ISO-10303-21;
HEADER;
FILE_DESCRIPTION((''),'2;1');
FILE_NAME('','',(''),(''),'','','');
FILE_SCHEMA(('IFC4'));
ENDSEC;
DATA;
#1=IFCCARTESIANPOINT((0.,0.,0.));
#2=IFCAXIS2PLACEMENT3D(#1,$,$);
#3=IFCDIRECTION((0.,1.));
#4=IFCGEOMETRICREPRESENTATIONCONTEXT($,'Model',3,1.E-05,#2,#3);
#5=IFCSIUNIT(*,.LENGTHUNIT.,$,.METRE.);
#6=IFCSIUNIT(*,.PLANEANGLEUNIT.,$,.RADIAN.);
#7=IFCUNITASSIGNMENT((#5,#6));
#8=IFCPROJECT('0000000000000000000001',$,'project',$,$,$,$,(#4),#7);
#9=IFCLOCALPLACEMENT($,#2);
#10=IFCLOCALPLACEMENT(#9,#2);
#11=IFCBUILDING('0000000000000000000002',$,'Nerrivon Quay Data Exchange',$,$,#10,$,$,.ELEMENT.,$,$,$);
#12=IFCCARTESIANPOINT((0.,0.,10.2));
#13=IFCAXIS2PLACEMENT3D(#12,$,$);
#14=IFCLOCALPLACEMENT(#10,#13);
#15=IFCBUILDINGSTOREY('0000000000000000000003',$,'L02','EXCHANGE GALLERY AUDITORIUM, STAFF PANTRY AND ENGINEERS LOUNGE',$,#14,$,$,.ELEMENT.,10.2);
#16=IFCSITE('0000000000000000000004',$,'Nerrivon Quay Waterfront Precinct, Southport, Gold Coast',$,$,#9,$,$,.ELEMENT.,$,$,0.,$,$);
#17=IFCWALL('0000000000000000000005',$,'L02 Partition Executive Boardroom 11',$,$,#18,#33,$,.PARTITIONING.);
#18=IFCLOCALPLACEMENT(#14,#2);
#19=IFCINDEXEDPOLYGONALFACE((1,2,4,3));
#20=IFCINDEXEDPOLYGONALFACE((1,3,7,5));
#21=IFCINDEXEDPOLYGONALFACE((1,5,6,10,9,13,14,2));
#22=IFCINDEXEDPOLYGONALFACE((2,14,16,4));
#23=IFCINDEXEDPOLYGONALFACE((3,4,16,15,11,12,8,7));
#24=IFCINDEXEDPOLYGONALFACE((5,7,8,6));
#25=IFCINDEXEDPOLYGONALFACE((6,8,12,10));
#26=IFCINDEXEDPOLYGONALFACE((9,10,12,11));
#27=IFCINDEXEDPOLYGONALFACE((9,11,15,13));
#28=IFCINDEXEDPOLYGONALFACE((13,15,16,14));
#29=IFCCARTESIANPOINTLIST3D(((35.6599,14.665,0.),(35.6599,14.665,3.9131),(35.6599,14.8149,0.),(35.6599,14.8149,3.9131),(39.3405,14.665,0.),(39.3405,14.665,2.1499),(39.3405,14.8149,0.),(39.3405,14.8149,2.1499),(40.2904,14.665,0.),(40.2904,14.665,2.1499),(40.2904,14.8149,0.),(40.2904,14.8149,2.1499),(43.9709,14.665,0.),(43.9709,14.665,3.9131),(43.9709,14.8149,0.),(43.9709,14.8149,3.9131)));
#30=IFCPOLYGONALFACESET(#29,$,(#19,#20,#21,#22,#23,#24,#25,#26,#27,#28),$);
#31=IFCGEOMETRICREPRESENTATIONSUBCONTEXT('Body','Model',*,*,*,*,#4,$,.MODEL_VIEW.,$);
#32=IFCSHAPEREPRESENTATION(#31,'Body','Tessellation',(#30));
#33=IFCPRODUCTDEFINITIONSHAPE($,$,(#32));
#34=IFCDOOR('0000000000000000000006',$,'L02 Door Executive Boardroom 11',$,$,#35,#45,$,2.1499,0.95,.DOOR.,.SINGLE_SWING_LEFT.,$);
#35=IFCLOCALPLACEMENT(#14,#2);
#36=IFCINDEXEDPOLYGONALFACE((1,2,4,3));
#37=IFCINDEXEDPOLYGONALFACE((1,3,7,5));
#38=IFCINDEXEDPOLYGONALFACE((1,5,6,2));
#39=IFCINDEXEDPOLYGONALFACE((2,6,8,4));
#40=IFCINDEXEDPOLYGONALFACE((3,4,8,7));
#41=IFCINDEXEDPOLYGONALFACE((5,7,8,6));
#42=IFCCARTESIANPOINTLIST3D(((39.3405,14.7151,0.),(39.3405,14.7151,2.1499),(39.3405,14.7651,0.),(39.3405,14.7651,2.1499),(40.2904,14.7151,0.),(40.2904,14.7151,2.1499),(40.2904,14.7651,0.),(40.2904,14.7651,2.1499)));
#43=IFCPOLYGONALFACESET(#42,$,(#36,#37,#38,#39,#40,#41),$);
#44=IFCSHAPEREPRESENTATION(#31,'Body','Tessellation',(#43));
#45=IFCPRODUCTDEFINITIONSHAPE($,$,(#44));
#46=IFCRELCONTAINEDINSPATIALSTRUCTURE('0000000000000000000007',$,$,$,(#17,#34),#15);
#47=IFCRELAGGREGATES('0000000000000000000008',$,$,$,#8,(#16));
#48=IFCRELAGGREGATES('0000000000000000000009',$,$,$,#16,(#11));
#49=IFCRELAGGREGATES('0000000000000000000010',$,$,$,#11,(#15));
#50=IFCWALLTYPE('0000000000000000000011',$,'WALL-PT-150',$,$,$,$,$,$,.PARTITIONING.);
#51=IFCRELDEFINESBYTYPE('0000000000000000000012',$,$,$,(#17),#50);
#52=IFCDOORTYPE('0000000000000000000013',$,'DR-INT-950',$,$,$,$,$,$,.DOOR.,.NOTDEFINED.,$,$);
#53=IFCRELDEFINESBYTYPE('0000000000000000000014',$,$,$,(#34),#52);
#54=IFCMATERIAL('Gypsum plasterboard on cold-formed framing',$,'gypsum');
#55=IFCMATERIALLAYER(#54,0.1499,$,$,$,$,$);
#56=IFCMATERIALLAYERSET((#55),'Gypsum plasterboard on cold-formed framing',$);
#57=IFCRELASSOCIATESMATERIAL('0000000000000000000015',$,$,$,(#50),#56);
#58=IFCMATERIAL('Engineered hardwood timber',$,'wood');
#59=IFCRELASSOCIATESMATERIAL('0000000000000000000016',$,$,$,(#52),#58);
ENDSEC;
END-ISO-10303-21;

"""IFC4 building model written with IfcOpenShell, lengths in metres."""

from ifc_helpers import new_model, si_unit, direction, frame, frame_2d, origin, place, context, subcontext, project, spatial, rectangle, extrude, material, layer, layer_set, type_object, element, fill, save


model = new_model("IFC4")

# Units and contexts
model_context = context("Model", 3, precision=1e-05, world=origin(), true_north=direction((0.0, 1.0)))
body_context = subcontext(model_context, "Body", "Model", "MODEL_VIEW")
ifc_project = project(units=[si_unit("LENGTHUNIT", "METRE"), si_unit("PLANEANGLEUNIT", "RADIAN")], contexts=[model_context])

# Site, building, storey
site_placement = place(None, origin())
site = spatial("IfcSite", under=ifc_project, at=site_placement, Name="Nerrivon Quay Waterfront Precinct, Southport, Gold Coast", CompositionType="ELEMENT", RefElevation=0.0)
building_placement = place(site_placement, origin())
building = spatial("IfcBuilding", under=site, at=building_placement, Name="Nerrivon Quay Data Exchange", CompositionType="ELEMENT")
storey_placement = place(building_placement, frame((0.0, 0.0, 10.2)))
storey = spatial("IfcBuildingStorey", under=building, at=storey_placement, Name="L02", Description="EXCHANGE GALLERY AUDITORIUM, STAFF PANTRY AND ENGINEERS LOUNGE", CompositionType="ELEMENT", Elevation=10.2)

# Shared definitions
ifc_material_1 = material(Name="Gypsum plasterboard on cold-formed framing", Category="gypsum")

# Wall, opening, door
ifc_layer_1 = layer(ifc_material_1, 0.1499)
ifc_layer_set_1 = layer_set([ifc_layer_1], Name="Gypsum plasterboard on cold-formed framing")
wall_type_1 = type_object("IfcWallType", Name="WALL-PT-150", PredefinedType="PARTITIONING", material=ifc_layer_set_1)
wall_1_placement = place(storey_placement, frame((43.9709, 14.74, 0.0), z_axis=(0.0, 0.0, 1.0), x_axis=(-1.0, 0.0, 0.0)))
wall_1 = element("IfcWall", 1, at=wall_1_placement, inside=storey, type_object=wall_type_1, Name="L02 Partition Executive Boardroom 11", PredefinedType="PARTITIONING", context=body_context, shape_type="SweptSolid", body=[
    extrude(rectangle(XDim=8.311, YDim=0.1499, at=frame_2d((4.1555, 0.0))), origin(), (0.0, 0.0, 1.0), 3.9131),
])
opening_placement = place(wall_1_placement, frame((3.6804, 0.0, 0.0)))
opening = element("IfcOpeningElement", 2, at=opening_placement, cuts=wall_1, PredefinedType="OPENING", context=body_context, shape_type="SweptSolid", body=[
    extrude(rectangle(XDim=0.95, YDim=2.1499, at=frame_2d((0.4751, 1.075))), frame((0.0, 0.085, 0.0), z_axis=(0.0, -1.0, 0.0), x_axis=(1.0, 0.0, 0.0)), (0.0, 0.0, 1.0), 0.1699),
])
ifc_material_2 = material(Name="Engineered hardwood timber", Category="wood")
door_type = type_object("IfcDoorType", Name="DR-INT-950", OperationType="NOTDEFINED", PredefinedType="DOOR", material=ifc_material_2)
door_placement = place(opening_placement, origin())
door = element("IfcDoor", 3, at=door_placement, inside=storey, type_object=door_type, Name="L02 Door Executive Boardroom 11", OperationType="SINGLE_SWING_LEFT", OverallHeight=2.1499, OverallWidth=0.95, PredefinedType="DOOR", context=body_context, shape_type="SweptSolid", body=[
    extrude(rectangle(XDim=0.95, YDim=2.1499, at=frame_2d((0.4751, 1.075))), frame((0.0, 0.0249, 0.0), z_axis=(0.0, -1.0, 0.0), x_axis=(1.0, 0.0, 0.0)), (0.0, 0.0, 1.0), 0.05),
])
fill(opening, door)

save(model, "model.ifc")
